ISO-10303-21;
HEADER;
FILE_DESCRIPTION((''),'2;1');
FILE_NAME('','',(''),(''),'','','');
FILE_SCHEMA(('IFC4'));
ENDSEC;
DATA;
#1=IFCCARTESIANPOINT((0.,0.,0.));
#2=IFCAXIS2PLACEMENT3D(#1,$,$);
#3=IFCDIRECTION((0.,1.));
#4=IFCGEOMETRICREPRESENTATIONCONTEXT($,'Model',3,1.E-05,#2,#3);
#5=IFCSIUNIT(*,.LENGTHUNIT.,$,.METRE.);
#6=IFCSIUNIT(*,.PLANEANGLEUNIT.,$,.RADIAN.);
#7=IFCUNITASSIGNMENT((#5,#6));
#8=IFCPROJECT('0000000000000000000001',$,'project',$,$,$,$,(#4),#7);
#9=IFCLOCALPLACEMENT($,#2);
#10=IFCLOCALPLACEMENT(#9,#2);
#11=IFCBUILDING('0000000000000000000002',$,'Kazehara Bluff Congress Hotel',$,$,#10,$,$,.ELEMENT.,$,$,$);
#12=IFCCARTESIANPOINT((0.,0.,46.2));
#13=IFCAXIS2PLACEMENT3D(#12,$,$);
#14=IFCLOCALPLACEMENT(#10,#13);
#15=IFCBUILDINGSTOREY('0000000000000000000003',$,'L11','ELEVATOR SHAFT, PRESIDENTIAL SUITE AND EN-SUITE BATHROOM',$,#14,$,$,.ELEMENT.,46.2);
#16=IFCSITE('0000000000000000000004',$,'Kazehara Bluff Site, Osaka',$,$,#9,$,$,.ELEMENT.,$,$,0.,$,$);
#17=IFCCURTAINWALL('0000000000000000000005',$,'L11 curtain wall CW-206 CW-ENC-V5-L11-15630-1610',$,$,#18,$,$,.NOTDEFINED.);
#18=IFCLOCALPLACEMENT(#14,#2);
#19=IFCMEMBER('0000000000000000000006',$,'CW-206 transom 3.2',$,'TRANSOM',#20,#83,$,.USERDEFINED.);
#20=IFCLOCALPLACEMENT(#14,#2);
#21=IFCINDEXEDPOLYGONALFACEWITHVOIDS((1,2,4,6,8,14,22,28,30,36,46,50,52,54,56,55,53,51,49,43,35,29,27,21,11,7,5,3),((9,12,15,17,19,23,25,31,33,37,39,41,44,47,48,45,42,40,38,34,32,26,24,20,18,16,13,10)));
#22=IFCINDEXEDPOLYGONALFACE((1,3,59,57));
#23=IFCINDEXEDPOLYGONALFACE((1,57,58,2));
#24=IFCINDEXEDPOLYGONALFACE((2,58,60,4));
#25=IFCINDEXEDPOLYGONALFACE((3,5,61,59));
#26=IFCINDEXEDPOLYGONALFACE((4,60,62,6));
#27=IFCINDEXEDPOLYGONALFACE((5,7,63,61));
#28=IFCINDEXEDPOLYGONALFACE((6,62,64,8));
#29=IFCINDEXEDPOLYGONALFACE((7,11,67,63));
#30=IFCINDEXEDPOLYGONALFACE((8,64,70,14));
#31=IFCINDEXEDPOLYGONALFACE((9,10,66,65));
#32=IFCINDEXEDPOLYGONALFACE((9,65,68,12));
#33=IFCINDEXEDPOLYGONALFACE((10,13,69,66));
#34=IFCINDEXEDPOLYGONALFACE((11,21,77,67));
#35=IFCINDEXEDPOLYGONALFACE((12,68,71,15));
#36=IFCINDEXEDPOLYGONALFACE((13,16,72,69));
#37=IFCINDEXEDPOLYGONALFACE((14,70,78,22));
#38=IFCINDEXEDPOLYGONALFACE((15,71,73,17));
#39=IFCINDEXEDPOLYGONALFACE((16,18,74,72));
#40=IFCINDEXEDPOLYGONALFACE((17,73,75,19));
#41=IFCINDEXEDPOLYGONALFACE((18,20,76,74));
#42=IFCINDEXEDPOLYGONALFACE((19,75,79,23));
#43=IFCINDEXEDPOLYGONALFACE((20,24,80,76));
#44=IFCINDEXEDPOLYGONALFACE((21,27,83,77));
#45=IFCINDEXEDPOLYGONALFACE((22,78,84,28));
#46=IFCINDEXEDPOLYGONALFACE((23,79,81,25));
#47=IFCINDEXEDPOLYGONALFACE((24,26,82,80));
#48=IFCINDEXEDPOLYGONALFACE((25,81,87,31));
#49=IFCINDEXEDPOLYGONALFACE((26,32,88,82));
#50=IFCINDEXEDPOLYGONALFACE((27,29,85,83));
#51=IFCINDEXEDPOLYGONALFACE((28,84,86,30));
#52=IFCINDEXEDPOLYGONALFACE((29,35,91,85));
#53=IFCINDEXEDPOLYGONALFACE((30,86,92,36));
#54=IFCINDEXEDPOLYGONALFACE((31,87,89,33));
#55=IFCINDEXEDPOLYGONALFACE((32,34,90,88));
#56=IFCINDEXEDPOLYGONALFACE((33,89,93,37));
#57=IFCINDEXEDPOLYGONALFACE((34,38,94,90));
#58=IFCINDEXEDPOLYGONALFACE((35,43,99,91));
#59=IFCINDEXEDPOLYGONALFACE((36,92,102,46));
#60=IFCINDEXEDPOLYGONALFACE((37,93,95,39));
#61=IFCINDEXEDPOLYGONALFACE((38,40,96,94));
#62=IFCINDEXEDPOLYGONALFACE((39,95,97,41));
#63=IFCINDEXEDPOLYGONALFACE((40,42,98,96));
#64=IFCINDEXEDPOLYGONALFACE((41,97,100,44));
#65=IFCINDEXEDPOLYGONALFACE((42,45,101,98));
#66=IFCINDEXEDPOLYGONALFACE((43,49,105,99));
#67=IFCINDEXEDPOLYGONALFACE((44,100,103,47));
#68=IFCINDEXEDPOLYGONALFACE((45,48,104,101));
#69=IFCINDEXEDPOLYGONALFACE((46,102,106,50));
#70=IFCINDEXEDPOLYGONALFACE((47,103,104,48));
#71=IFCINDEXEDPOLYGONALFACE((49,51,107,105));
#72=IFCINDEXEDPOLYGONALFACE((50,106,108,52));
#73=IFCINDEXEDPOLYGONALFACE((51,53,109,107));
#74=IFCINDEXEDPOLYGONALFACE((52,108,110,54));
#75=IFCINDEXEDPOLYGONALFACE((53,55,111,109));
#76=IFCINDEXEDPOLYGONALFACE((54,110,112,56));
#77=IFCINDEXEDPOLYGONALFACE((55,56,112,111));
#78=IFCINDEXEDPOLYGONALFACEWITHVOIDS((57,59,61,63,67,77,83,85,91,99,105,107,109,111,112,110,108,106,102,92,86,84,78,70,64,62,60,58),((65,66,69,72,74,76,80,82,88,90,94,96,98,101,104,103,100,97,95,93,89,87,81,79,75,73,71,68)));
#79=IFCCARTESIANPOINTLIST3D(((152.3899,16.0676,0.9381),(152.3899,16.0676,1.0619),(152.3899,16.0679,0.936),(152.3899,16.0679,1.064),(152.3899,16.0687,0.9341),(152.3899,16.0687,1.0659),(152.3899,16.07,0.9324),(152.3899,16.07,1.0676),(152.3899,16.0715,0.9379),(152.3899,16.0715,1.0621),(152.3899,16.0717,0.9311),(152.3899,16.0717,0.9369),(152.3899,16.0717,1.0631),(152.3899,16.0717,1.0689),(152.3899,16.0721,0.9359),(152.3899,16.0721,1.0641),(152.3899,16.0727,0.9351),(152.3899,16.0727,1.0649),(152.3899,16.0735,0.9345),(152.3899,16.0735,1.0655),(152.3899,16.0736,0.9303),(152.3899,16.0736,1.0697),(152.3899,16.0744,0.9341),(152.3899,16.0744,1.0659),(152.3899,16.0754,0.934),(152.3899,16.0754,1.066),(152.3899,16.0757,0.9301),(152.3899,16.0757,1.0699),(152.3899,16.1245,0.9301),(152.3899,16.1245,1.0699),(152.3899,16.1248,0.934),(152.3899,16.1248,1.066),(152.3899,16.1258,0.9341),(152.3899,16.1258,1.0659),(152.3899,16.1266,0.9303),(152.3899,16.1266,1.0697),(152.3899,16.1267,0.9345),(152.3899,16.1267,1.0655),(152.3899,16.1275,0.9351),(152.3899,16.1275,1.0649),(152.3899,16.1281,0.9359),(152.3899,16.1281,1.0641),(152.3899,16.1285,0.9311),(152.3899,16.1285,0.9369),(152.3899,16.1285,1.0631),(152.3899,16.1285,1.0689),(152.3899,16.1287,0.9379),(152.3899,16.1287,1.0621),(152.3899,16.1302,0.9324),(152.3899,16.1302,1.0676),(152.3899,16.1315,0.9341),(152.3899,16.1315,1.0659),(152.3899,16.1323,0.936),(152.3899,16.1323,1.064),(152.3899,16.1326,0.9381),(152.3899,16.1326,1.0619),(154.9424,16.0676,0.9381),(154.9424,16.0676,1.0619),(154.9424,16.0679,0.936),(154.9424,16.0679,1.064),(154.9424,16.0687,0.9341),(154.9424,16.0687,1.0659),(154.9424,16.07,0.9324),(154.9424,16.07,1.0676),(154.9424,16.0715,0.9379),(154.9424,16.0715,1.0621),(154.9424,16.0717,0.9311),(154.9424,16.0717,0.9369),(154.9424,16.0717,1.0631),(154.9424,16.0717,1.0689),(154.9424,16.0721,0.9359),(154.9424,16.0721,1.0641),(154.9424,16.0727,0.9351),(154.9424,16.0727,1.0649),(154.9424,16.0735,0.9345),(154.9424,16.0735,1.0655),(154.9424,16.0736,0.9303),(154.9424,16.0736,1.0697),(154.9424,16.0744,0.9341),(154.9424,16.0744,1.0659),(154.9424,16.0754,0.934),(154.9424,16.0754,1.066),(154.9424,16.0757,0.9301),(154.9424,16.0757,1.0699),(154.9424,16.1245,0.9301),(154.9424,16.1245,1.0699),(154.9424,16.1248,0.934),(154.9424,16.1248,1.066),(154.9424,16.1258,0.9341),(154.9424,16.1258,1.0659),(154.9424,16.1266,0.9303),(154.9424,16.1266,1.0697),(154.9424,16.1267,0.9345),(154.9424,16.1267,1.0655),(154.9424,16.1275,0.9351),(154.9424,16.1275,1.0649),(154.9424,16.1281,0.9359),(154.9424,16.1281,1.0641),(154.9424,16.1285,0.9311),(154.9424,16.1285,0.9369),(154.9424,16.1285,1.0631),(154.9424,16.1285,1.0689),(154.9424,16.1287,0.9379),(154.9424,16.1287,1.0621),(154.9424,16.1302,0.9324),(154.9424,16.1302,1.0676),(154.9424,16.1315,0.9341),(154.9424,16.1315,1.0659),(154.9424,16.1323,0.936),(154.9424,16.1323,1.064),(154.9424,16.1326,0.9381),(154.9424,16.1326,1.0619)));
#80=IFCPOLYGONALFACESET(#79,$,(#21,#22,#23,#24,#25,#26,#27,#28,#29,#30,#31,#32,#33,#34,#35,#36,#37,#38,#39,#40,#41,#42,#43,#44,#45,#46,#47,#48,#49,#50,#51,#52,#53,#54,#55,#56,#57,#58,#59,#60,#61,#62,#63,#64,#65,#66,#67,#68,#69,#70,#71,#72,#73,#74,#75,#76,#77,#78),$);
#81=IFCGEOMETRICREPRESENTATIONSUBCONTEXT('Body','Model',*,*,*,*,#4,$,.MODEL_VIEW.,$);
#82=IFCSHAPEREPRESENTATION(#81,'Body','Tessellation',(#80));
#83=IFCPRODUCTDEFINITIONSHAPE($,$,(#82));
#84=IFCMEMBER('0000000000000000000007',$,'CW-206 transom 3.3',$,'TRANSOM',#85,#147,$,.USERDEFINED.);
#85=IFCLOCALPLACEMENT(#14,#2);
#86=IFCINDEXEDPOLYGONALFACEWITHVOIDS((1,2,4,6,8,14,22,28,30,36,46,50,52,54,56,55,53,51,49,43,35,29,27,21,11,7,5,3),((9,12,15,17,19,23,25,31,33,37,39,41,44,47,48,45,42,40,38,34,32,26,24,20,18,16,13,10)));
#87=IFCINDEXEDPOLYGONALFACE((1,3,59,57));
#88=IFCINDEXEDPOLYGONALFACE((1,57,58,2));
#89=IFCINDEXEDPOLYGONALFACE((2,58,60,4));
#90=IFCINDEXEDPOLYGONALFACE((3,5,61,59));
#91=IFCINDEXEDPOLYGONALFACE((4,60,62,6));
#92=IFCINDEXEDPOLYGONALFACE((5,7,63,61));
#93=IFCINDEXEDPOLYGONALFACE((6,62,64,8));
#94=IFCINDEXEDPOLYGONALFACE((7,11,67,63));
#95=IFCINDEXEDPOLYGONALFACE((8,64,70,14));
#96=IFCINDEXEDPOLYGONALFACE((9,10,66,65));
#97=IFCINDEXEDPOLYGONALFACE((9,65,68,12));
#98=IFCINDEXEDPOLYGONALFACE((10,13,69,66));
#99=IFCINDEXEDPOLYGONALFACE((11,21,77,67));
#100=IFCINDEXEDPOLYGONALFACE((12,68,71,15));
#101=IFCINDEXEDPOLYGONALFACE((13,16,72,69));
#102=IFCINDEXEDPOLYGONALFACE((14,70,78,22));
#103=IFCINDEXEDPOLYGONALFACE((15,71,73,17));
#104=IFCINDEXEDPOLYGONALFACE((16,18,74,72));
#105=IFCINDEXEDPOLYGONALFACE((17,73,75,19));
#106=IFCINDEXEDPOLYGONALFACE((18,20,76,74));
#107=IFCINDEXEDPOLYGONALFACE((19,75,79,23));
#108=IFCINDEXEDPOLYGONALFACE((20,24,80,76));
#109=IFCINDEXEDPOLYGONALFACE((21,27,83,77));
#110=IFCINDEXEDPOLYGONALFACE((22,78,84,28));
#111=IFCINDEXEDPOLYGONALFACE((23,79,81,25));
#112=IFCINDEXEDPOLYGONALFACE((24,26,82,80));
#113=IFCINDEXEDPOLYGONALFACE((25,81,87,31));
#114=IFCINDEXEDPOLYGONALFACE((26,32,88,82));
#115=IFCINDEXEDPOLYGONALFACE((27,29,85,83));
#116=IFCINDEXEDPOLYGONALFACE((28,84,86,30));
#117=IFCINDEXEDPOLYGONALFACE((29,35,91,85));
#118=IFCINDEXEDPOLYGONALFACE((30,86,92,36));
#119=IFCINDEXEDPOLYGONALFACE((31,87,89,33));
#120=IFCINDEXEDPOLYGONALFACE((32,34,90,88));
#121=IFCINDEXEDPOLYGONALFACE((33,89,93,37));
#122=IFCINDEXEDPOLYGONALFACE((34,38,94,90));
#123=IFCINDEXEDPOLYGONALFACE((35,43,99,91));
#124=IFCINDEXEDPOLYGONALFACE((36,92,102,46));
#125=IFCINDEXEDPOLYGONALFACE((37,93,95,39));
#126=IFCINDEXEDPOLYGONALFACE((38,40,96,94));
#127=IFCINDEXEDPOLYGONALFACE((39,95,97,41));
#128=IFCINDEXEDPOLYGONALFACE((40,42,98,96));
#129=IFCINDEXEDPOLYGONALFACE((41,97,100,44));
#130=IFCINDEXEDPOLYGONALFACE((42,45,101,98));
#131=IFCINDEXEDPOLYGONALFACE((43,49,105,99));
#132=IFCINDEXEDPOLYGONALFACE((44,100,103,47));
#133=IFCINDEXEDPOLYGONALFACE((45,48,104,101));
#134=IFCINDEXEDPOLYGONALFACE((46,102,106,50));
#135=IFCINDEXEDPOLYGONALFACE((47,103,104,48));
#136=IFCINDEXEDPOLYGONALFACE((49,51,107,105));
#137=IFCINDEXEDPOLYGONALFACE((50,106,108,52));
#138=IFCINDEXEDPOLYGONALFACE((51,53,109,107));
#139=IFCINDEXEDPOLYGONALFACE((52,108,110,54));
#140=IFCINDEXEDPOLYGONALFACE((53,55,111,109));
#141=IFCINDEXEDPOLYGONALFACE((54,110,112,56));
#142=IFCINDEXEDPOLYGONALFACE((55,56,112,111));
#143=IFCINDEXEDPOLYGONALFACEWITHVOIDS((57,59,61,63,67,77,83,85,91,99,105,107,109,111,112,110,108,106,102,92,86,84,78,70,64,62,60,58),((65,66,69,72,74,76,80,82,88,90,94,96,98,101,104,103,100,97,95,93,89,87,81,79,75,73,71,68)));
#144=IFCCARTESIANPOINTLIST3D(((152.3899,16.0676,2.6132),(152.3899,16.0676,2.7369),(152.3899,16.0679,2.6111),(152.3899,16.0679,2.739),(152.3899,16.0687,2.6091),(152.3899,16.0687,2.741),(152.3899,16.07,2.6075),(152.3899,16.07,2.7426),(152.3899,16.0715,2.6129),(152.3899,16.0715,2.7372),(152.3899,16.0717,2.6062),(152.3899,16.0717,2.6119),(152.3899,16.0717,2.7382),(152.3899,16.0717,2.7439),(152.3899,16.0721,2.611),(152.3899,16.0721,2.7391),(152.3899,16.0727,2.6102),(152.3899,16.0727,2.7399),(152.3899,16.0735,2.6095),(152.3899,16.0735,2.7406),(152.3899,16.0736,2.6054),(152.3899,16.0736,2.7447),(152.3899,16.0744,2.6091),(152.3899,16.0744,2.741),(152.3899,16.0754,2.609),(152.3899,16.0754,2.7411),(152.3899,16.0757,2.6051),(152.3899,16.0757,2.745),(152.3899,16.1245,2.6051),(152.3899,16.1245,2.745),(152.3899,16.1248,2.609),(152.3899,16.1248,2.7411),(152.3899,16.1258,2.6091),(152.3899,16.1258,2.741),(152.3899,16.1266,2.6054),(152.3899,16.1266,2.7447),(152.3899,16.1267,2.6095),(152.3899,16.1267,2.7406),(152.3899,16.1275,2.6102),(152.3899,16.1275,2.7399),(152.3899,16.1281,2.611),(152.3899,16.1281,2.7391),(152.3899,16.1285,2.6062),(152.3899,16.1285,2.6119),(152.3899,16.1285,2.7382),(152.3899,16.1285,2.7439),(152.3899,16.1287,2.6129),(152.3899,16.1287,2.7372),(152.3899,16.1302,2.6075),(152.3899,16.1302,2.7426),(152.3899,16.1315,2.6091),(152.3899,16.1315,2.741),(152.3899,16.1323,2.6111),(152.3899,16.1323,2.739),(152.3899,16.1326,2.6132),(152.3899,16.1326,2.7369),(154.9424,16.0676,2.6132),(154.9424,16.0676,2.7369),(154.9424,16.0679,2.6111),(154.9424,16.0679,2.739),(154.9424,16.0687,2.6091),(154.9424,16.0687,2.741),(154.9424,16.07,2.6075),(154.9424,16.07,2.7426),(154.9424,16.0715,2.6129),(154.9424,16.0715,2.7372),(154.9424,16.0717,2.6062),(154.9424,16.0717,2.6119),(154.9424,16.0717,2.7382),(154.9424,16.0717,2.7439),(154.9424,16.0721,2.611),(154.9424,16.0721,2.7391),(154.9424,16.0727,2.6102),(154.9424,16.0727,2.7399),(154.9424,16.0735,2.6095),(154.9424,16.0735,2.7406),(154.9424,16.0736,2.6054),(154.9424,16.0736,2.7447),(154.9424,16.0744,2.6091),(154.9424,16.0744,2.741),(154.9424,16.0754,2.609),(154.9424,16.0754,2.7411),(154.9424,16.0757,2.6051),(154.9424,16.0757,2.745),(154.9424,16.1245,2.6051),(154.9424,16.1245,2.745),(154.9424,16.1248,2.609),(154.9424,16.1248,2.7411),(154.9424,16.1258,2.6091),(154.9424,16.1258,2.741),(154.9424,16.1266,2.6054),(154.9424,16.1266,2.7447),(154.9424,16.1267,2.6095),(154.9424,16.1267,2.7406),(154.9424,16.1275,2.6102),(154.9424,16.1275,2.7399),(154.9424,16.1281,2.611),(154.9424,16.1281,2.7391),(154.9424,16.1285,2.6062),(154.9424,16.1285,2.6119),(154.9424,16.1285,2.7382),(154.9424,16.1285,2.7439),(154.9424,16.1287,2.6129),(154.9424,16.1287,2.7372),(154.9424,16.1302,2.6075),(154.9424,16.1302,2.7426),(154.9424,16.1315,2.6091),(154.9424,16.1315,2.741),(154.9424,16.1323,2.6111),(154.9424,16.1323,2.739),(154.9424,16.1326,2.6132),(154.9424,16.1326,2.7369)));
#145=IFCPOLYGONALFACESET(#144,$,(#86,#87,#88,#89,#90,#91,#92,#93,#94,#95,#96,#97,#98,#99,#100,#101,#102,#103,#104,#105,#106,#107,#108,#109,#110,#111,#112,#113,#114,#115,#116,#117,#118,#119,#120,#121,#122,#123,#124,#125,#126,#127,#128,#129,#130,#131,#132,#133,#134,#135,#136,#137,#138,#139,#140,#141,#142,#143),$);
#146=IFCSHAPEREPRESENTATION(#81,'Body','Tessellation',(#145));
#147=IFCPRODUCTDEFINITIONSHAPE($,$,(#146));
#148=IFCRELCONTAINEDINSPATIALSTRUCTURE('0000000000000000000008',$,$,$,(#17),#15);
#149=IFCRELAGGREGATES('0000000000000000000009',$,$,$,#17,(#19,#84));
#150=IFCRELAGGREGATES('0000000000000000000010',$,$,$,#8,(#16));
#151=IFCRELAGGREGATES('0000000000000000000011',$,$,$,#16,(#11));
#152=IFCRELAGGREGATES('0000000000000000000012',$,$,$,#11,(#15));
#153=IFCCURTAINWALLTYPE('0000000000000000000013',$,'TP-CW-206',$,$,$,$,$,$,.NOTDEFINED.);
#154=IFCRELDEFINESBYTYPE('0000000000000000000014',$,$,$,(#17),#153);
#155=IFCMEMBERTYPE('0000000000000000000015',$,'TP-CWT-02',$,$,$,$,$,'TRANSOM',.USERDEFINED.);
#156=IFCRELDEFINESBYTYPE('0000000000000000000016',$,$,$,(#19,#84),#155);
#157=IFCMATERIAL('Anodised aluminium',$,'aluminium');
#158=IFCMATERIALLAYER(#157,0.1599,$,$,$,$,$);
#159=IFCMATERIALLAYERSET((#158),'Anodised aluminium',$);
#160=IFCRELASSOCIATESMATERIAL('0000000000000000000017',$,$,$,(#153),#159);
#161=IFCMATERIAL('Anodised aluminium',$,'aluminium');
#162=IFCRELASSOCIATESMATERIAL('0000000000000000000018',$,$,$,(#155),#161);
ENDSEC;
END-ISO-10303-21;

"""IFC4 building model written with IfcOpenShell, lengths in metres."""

from ifc_helpers import new_model, si_unit, direction, frame, origin, origin_2d, place, context, subcontext, project, spatial, hollow_rectangle, extrude, material, layer, layer_set, material_profile, profile_set, type_object, element, aggregate, save


model = new_model("IFC4")

# Units and contexts
model_context = context("Model", 3, precision=1e-05, world=origin(), true_north=direction((0.0, 1.0)))
body_context = subcontext(model_context, "Body", "Model", "MODEL_VIEW")
ifc_project = project(units=[si_unit("LENGTHUNIT", "METRE"), si_unit("PLANEANGLEUNIT", "RADIAN")], contexts=[model_context])

# Site, building, storey
site_placement = place(None, origin())
site = spatial("IfcSite", under=ifc_project, at=site_placement, Name="Kazehara Bluff Site, Osaka", CompositionType="ELEMENT", RefElevation=0.0)
building_placement = place(site_placement, origin())
building = spatial("IfcBuilding", under=site, at=building_placement, Name="Kazehara Bluff Congress Hotel", CompositionType="ELEMENT")
storey_placement = place(building_placement, frame((0.0, 0.0, 46.2)))
storey = spatial("IfcBuildingStorey", under=building, at=storey_placement, Name="L11", Description="ELEVATOR SHAFT, PRESIDENTIAL SUITE AND EN-SUITE BATHROOM", CompositionType="ELEMENT", Elevation=46.2)

# Shared definitions
ifc_material_1 = material(Name="Anodised aluminium", Category="aluminium")
ifc_layer_1 = layer(ifc_material_1, 0.1599)
ifc_layer_set_1 = layer_set([ifc_layer_1], Name="Anodised aluminium")
curtain_wall_type = type_object("IfcCurtainWallType", Name="TP-CW-206", PredefinedType="NOTDEFINED", material=ifc_layer_set_1)

# Curtain wall
curtain_wall_1_placement = place(storey_placement, origin())
curtain_wall_1 = element("IfcCurtainWall", 1, at=curtain_wall_1_placement, inside=storey, type_object=curtain_wall_type, Name="L11 curtain wall CW-206 CW-ENC-V5-L11-15630-1610", PredefinedType="NOTDEFINED")

# Members
ifc_material_2 = material(Name="Anodised aluminium", Category="aluminium")
ifc_material_profile_1 = material_profile(ifc_material_2, hollow_rectangle(XDim=0.0649, YDim=0.1399, WallThickness=0.0039, InnerFilletRadius=0.0039, OuterFilletRadius=0.0081, at=origin_2d()))
ifc_profile_set_1 = profile_set([ifc_material_profile_1], Name="Anodised aluminium")
member_type_1 = type_object("IfcMemberType", Name="TP-CWT-02", ElementType="TRANSOM", PredefinedType="USERDEFINED", material=ifc_profile_set_1)
member_1_placement = place(storey_placement, frame((154.9424, 16.1001, 1.0), z_axis=(-1.0, 0.0, 0.0), x_axis=(0.0, -1.0, 0.0)))
member_1 = element("IfcMember", 2, at=member_1_placement, type_object=member_type_1, Name="CW-206 transom 3.2", ObjectType="TRANSOM", PredefinedType="USERDEFINED", context=body_context, shape_type="SweptSolid", body=[
    extrude(hollow_rectangle(XDim=0.0649, YDim=0.1399, WallThickness=0.0039, InnerFilletRadius=0.0039, OuterFilletRadius=0.0081, at=origin_2d()), origin(), (0.0, 0.0, 1.0), 2.5525),
])
member_2_placement = place(storey_placement, frame((154.9424, 16.1001, 2.675), z_axis=(-1.0, 0.0, 0.0), x_axis=(0.0, -1.0, 0.0)))
member_2 = element("IfcMember", 3, at=member_2_placement, type_object=member_type_1, Name="CW-206 transom 3.3", ObjectType="TRANSOM", PredefinedType="USERDEFINED", context=body_context, shape_type="SweptSolid", body=[
    extrude(hollow_rectangle(XDim=0.0649, YDim=0.1399, WallThickness=0.0039, InnerFilletRadius=0.0039, OuterFilletRadius=0.0081, at=origin_2d()), origin(), (0.0, 0.0, 1.0), 2.5525),
])

aggregate(curtain_wall_1, [member_1, member_2])

save(model, "model.ifc")
